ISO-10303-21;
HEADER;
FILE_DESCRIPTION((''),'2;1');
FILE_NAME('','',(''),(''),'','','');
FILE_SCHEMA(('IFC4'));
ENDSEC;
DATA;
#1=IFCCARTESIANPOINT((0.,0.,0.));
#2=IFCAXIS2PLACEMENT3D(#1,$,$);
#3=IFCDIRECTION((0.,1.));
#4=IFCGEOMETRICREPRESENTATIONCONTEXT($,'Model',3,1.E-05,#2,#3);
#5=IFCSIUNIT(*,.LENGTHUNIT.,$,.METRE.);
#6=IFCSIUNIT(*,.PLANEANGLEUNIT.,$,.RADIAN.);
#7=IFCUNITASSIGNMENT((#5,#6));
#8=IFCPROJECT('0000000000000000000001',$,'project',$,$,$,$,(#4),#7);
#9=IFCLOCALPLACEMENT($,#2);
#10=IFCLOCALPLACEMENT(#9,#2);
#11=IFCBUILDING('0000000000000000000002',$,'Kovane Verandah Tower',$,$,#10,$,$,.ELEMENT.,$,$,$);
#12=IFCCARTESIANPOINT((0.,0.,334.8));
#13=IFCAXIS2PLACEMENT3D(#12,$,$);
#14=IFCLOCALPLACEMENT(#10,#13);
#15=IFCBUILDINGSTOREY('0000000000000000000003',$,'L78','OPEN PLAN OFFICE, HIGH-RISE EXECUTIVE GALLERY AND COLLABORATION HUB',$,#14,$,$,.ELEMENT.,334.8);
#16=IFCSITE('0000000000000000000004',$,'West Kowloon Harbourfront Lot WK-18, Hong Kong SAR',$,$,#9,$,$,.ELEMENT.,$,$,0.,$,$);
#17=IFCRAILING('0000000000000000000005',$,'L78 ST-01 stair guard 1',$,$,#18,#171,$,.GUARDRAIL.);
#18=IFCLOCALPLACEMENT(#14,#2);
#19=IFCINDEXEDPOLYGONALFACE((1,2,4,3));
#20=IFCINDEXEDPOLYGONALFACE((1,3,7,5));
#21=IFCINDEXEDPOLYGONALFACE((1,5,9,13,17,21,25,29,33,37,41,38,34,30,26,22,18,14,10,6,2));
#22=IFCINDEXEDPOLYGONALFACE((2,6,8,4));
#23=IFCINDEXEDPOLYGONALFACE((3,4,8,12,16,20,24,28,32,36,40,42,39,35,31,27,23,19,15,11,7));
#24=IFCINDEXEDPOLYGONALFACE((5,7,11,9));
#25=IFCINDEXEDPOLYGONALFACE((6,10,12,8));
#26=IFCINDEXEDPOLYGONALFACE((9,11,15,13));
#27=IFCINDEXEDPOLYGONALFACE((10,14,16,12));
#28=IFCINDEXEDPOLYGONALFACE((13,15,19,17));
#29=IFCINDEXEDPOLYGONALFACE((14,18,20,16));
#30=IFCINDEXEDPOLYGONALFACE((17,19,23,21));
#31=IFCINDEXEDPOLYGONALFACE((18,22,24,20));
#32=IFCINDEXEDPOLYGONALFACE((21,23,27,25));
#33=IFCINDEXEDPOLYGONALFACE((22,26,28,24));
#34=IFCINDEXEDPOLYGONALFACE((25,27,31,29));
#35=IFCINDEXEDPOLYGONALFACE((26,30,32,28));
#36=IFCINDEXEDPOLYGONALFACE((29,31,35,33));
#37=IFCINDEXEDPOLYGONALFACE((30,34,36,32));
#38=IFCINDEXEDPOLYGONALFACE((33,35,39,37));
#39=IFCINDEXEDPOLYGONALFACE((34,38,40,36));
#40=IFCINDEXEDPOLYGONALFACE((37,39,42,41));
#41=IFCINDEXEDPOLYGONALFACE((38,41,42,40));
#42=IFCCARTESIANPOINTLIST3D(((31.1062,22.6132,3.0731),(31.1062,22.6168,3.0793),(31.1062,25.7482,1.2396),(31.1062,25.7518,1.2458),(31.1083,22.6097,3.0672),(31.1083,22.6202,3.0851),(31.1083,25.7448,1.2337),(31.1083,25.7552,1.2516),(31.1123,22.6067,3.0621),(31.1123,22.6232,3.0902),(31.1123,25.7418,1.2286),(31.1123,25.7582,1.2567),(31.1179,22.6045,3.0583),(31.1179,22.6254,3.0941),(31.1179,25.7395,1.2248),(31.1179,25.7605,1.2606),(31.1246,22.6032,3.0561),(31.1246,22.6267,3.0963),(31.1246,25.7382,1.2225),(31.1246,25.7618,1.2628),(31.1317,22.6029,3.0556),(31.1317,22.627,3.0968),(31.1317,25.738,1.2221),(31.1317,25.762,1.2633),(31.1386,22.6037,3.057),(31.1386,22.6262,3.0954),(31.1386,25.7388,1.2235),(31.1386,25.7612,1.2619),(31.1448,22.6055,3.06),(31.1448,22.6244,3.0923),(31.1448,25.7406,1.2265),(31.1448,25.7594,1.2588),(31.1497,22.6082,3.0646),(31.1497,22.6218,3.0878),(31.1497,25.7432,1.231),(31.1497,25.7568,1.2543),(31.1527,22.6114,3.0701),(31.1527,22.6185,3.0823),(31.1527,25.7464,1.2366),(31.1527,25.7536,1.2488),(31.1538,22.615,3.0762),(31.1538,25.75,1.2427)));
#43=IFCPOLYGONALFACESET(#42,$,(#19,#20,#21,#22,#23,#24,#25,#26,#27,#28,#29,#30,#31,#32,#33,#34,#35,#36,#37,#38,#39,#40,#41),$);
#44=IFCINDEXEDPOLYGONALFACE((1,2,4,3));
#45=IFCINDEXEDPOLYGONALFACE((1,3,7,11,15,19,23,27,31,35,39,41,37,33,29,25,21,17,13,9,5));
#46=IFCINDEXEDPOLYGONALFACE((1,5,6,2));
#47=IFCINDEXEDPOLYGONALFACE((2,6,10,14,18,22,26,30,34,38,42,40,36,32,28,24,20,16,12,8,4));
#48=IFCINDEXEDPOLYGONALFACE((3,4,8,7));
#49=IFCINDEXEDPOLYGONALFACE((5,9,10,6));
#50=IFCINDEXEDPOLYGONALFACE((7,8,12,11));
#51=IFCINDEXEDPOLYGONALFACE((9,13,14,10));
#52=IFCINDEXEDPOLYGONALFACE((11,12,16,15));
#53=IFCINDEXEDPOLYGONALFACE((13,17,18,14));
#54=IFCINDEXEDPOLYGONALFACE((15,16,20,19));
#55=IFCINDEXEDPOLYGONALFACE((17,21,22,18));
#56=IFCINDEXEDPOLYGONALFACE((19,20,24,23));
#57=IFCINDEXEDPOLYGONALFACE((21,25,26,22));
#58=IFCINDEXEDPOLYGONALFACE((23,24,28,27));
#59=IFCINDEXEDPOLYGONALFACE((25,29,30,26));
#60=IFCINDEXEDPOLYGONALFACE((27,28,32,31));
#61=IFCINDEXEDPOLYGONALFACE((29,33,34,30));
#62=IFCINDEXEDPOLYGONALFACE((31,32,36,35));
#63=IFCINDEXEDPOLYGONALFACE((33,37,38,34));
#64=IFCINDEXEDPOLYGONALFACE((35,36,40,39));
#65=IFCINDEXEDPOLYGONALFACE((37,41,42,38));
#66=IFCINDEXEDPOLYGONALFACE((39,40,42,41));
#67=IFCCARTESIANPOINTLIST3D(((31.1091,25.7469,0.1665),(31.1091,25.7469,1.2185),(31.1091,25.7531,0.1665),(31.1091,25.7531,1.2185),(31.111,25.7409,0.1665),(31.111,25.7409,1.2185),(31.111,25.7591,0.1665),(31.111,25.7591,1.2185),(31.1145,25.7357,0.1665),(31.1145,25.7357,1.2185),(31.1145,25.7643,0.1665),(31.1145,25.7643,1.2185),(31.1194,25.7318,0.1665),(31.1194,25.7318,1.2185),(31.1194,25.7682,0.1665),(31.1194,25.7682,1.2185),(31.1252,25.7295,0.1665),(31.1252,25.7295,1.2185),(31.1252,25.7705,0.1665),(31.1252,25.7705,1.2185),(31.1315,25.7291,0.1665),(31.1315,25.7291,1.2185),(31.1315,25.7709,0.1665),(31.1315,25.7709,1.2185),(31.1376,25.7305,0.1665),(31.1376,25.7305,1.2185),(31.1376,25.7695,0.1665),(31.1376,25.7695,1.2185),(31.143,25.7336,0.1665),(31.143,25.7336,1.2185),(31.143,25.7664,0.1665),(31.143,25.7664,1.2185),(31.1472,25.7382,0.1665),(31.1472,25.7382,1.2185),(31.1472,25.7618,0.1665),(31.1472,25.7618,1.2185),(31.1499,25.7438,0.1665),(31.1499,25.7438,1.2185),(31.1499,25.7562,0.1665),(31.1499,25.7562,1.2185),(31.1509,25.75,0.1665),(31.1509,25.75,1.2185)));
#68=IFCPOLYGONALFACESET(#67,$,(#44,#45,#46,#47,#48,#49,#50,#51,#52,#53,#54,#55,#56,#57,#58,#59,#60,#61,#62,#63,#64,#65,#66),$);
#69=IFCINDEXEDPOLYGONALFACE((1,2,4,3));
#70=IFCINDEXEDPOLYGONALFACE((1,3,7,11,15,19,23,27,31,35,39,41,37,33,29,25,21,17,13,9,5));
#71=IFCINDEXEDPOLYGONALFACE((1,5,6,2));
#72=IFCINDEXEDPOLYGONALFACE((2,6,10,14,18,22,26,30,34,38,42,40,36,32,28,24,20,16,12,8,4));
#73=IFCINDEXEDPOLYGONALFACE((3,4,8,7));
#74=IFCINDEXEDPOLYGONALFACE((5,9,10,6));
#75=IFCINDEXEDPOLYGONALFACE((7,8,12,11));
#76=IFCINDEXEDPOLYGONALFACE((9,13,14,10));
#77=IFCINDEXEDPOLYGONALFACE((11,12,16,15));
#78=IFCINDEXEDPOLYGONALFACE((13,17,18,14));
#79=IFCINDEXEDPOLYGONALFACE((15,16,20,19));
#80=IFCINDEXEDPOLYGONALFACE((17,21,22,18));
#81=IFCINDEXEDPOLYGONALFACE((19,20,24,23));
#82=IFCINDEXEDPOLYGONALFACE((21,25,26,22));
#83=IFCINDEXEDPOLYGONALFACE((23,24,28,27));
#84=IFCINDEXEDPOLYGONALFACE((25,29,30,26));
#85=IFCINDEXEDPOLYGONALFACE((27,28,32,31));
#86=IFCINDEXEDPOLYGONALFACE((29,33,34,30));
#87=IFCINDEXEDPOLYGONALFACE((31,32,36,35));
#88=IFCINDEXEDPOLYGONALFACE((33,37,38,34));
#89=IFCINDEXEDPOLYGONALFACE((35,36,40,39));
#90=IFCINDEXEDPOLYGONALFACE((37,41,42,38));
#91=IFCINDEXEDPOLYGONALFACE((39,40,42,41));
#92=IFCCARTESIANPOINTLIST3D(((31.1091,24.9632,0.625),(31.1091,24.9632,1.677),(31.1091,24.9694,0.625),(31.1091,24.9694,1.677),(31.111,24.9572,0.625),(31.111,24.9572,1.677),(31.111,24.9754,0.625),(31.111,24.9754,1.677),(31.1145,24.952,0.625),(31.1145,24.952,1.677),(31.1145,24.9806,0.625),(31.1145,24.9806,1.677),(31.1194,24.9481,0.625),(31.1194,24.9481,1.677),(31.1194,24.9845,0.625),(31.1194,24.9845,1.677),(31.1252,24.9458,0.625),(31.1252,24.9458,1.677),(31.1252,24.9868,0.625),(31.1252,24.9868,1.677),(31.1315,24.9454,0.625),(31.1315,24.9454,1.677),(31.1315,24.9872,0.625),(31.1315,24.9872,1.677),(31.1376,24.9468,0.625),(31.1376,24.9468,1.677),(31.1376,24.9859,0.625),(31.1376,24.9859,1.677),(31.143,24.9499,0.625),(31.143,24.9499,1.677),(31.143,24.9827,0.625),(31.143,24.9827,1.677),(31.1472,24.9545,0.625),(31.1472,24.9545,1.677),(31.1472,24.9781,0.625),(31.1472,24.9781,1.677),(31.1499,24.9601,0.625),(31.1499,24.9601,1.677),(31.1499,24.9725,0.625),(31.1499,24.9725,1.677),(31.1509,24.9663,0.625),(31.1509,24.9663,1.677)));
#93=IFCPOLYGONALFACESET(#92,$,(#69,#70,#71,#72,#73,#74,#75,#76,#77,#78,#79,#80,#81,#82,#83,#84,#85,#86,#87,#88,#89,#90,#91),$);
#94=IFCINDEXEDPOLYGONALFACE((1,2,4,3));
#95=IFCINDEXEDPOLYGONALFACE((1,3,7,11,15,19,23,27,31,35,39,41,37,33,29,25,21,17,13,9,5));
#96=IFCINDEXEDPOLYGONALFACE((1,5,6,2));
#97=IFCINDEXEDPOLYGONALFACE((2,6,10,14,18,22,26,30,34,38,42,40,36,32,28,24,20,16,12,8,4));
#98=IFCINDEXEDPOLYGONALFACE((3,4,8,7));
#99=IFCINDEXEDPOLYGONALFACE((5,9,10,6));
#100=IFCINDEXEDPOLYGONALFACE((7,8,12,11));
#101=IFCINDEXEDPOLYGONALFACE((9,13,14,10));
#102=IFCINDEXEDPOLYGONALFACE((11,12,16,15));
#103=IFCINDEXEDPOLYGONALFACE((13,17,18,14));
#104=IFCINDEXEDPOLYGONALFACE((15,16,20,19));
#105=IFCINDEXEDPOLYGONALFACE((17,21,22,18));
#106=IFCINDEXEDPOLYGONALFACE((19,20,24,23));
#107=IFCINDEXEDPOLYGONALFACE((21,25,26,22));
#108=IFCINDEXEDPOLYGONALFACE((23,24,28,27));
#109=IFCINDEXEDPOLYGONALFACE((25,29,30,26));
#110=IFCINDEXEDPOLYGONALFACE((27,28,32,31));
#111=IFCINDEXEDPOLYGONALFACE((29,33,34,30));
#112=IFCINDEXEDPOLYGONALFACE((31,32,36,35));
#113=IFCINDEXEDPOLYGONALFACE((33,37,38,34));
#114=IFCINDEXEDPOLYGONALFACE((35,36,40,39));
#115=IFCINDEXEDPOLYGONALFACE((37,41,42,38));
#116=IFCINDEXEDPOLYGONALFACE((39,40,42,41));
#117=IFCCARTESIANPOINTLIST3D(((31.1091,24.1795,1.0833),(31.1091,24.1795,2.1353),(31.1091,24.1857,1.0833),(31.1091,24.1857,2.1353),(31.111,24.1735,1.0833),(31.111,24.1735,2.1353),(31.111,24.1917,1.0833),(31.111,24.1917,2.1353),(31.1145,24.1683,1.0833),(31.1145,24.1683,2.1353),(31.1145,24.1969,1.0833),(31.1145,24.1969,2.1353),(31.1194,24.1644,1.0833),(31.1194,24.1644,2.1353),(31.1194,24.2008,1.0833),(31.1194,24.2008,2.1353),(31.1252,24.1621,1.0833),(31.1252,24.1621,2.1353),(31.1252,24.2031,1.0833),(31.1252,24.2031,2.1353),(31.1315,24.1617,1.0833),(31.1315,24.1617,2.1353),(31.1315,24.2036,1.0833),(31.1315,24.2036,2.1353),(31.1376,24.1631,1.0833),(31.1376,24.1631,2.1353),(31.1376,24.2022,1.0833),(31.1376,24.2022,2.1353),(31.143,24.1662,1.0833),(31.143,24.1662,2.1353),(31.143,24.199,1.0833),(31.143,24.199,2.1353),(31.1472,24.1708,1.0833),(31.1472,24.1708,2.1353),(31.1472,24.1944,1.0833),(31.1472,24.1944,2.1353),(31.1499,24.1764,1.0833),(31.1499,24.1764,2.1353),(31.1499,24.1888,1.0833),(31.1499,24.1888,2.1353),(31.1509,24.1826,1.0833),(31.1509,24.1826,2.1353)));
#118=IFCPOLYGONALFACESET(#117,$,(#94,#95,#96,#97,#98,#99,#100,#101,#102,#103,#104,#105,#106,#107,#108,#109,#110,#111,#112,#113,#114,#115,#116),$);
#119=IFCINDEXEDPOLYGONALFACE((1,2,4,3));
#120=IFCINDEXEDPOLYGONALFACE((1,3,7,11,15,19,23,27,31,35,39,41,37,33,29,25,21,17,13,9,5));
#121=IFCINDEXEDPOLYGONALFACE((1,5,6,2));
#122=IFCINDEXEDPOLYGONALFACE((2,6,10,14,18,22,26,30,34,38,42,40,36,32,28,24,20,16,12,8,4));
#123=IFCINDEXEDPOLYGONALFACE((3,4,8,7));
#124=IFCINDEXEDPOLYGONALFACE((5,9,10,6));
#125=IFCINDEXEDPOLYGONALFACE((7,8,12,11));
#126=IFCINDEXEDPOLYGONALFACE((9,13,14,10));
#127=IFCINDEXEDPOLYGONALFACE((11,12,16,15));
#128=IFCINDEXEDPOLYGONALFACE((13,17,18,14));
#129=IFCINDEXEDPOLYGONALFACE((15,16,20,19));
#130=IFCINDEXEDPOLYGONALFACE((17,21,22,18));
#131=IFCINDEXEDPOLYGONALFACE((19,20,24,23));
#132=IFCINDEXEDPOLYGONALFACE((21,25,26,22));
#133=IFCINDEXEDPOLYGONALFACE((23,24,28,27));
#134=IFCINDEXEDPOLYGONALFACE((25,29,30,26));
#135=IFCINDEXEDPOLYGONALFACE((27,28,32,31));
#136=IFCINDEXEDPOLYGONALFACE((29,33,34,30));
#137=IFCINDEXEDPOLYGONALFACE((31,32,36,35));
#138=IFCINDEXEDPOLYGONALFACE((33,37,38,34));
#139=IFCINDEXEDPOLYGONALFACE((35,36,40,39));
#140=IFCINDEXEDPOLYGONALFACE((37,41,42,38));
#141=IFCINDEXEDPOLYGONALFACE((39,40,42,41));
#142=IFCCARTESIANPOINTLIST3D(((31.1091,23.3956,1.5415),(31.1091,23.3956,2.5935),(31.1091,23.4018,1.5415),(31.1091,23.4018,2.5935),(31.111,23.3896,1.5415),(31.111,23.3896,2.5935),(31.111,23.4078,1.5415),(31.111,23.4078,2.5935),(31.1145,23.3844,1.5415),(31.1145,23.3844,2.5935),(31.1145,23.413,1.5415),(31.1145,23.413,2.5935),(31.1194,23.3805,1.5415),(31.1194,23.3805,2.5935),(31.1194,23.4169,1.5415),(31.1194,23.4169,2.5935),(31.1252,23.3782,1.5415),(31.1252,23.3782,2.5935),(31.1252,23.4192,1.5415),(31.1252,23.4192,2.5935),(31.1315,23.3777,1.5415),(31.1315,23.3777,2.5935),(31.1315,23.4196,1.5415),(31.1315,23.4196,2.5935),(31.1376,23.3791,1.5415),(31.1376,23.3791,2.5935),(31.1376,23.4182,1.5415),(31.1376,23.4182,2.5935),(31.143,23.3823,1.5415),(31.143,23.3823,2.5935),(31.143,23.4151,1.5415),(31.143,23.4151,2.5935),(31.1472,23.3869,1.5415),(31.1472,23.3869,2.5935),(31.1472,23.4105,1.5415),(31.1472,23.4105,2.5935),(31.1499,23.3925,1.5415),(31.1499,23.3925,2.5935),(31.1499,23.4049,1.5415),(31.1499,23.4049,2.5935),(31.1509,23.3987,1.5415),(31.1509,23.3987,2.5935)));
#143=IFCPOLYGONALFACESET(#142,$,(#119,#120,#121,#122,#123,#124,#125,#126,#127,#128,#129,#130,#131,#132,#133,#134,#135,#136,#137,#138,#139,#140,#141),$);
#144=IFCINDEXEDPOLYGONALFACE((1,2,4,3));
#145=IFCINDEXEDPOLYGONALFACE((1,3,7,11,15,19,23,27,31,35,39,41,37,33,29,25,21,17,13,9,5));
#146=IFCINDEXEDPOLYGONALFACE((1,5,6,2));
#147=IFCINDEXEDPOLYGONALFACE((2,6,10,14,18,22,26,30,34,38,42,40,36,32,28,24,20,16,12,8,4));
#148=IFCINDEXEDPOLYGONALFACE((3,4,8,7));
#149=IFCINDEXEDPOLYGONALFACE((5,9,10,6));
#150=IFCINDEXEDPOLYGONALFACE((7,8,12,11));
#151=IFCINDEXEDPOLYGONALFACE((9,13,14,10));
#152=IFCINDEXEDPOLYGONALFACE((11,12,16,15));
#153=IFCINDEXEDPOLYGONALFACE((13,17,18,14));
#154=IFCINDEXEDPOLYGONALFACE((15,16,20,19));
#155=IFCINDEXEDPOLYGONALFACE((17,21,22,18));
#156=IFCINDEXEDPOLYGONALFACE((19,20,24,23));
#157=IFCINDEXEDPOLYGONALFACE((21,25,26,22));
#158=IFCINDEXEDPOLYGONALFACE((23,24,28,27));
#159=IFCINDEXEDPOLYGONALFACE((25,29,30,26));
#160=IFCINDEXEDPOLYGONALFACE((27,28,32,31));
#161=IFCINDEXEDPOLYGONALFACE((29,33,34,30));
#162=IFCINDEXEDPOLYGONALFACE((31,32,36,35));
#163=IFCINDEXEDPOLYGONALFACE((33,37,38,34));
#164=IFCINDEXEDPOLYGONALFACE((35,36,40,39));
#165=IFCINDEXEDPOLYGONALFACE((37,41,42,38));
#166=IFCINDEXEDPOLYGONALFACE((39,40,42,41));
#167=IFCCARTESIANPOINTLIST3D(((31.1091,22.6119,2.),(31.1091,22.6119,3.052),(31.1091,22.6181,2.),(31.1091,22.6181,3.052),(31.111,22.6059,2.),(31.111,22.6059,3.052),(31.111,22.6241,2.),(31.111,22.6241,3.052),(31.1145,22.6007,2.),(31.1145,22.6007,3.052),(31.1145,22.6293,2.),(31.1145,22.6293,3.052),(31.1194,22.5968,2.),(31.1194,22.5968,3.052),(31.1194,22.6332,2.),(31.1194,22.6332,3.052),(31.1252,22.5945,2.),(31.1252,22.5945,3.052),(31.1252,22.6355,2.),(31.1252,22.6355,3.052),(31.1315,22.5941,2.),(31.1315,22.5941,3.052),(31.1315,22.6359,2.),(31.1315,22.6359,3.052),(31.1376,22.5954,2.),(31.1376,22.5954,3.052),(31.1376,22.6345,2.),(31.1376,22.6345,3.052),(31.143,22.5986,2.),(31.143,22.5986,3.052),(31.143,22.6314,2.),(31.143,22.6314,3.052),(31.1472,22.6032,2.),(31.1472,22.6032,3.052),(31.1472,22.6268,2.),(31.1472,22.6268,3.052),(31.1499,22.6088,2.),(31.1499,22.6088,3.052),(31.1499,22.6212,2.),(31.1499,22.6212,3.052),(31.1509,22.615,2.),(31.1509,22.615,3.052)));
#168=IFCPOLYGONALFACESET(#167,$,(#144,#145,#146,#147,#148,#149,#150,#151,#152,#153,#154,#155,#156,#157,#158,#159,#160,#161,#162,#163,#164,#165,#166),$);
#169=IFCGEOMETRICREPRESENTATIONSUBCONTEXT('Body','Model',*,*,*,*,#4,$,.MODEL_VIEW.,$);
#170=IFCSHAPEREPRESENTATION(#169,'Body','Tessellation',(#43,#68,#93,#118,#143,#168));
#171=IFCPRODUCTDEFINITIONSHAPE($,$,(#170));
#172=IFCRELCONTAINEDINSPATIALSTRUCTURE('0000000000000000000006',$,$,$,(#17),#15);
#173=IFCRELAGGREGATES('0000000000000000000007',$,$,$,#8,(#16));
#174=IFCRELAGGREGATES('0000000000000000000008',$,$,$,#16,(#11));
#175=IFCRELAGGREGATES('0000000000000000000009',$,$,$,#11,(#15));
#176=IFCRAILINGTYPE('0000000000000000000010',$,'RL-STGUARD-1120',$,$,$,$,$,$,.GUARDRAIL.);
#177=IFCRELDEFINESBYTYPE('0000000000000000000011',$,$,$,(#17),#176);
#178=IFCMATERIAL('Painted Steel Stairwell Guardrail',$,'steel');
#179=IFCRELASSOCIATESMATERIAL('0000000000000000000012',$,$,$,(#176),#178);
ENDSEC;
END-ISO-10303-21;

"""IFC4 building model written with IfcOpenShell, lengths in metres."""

from ifc_helpers import new_model, si_unit, direction, frame, origin, origin_2d, place, context, subcontext, project, spatial, circle, extrude, material, type_object, element, save


model = new_model("IFC4")

# Units and contexts
model_context = context("Model", 3, precision=1e-05, world=origin(), true_north=direction((0.0, 1.0)))
body_context = subcontext(model_context, "Body", "Model", "MODEL_VIEW")
ifc_project = project(units=[si_unit("LENGTHUNIT", "METRE"), si_unit("PLANEANGLEUNIT", "RADIAN")], contexts=[model_context])

# Site, building, storey
site_placement = place(None, origin())
site = spatial("IfcSite", under=ifc_project, at=site_placement, Name="West Kowloon Harbourfront Lot WK-18, Hong Kong SAR", CompositionType="ELEMENT", RefElevation=0.0)
building_placement = place(site_placement, origin())
building = spatial("IfcBuilding", under=site, at=building_placement, Name="Kovane Verandah Tower", CompositionType="ELEMENT")
storey_placement = place(building_placement, frame((0.0, 0.0, 334.8)))
storey = spatial("IfcBuildingStorey", under=building, at=storey_placement, Name="L78", Description="OPEN PLAN OFFICE, HIGH-RISE EXECUTIVE GALLERY AND COLLABORATION HUB", CompositionType="ELEMENT", Elevation=334.8)

# Railing
ifc_material_1 = material(Name="Painted Steel Stairwell Guardrail", Category="steel")
railing_type_1 = type_object("IfcRailingType", Name="RL-STGUARD-1120", PredefinedType="GUARDRAIL", material=ifc_material_1)
railing_1_placement = place(storey_placement, frame((31.1299, 25.75, 0.1665)))
element("IfcRailing", 1, at=railing_1_placement, inside=storey, type_object=railing_type_1, Name="L78 ST-01 stair guard 1", PredefinedType="GUARDRAIL", context=body_context, shape_type="SweptSolid", body=[
    extrude(circle(Radius=0.0239, at=origin_2d()), frame((0.0, 0.0, 1.0762), z_axis=(0.0, -0.86321, 0.504845), x_axis=(1.0, 0.0, 0.0)), (0.0, 0.0, 1.0), 3.6318),
    extrude(circle(Radius=0.021, at=origin_2d()), origin(), (0.0, 0.0, 1.0), 1.052),
    extrude(circle(Radius=0.021, at=origin_2d()), frame((0.0, -0.7837, 0.4585)), (0.0, 0.0, 1.0), 1.052),
    extrude(circle(Radius=0.021, at=origin_2d()), frame((0.0, -1.5674, 0.9167)), (0.0, 0.0, 1.0), 1.052),
    extrude(circle(Radius=0.021, at=origin_2d()), frame((0.0, -2.3513, 1.375)), (0.0, 0.0, 1.0), 1.052),
    extrude(circle(Radius=0.021, at=origin_2d()), frame((0.0, -3.135, 1.8335)), (0.0, 0.0, 1.0), 1.052),
])

save(model, "model.ifc")
